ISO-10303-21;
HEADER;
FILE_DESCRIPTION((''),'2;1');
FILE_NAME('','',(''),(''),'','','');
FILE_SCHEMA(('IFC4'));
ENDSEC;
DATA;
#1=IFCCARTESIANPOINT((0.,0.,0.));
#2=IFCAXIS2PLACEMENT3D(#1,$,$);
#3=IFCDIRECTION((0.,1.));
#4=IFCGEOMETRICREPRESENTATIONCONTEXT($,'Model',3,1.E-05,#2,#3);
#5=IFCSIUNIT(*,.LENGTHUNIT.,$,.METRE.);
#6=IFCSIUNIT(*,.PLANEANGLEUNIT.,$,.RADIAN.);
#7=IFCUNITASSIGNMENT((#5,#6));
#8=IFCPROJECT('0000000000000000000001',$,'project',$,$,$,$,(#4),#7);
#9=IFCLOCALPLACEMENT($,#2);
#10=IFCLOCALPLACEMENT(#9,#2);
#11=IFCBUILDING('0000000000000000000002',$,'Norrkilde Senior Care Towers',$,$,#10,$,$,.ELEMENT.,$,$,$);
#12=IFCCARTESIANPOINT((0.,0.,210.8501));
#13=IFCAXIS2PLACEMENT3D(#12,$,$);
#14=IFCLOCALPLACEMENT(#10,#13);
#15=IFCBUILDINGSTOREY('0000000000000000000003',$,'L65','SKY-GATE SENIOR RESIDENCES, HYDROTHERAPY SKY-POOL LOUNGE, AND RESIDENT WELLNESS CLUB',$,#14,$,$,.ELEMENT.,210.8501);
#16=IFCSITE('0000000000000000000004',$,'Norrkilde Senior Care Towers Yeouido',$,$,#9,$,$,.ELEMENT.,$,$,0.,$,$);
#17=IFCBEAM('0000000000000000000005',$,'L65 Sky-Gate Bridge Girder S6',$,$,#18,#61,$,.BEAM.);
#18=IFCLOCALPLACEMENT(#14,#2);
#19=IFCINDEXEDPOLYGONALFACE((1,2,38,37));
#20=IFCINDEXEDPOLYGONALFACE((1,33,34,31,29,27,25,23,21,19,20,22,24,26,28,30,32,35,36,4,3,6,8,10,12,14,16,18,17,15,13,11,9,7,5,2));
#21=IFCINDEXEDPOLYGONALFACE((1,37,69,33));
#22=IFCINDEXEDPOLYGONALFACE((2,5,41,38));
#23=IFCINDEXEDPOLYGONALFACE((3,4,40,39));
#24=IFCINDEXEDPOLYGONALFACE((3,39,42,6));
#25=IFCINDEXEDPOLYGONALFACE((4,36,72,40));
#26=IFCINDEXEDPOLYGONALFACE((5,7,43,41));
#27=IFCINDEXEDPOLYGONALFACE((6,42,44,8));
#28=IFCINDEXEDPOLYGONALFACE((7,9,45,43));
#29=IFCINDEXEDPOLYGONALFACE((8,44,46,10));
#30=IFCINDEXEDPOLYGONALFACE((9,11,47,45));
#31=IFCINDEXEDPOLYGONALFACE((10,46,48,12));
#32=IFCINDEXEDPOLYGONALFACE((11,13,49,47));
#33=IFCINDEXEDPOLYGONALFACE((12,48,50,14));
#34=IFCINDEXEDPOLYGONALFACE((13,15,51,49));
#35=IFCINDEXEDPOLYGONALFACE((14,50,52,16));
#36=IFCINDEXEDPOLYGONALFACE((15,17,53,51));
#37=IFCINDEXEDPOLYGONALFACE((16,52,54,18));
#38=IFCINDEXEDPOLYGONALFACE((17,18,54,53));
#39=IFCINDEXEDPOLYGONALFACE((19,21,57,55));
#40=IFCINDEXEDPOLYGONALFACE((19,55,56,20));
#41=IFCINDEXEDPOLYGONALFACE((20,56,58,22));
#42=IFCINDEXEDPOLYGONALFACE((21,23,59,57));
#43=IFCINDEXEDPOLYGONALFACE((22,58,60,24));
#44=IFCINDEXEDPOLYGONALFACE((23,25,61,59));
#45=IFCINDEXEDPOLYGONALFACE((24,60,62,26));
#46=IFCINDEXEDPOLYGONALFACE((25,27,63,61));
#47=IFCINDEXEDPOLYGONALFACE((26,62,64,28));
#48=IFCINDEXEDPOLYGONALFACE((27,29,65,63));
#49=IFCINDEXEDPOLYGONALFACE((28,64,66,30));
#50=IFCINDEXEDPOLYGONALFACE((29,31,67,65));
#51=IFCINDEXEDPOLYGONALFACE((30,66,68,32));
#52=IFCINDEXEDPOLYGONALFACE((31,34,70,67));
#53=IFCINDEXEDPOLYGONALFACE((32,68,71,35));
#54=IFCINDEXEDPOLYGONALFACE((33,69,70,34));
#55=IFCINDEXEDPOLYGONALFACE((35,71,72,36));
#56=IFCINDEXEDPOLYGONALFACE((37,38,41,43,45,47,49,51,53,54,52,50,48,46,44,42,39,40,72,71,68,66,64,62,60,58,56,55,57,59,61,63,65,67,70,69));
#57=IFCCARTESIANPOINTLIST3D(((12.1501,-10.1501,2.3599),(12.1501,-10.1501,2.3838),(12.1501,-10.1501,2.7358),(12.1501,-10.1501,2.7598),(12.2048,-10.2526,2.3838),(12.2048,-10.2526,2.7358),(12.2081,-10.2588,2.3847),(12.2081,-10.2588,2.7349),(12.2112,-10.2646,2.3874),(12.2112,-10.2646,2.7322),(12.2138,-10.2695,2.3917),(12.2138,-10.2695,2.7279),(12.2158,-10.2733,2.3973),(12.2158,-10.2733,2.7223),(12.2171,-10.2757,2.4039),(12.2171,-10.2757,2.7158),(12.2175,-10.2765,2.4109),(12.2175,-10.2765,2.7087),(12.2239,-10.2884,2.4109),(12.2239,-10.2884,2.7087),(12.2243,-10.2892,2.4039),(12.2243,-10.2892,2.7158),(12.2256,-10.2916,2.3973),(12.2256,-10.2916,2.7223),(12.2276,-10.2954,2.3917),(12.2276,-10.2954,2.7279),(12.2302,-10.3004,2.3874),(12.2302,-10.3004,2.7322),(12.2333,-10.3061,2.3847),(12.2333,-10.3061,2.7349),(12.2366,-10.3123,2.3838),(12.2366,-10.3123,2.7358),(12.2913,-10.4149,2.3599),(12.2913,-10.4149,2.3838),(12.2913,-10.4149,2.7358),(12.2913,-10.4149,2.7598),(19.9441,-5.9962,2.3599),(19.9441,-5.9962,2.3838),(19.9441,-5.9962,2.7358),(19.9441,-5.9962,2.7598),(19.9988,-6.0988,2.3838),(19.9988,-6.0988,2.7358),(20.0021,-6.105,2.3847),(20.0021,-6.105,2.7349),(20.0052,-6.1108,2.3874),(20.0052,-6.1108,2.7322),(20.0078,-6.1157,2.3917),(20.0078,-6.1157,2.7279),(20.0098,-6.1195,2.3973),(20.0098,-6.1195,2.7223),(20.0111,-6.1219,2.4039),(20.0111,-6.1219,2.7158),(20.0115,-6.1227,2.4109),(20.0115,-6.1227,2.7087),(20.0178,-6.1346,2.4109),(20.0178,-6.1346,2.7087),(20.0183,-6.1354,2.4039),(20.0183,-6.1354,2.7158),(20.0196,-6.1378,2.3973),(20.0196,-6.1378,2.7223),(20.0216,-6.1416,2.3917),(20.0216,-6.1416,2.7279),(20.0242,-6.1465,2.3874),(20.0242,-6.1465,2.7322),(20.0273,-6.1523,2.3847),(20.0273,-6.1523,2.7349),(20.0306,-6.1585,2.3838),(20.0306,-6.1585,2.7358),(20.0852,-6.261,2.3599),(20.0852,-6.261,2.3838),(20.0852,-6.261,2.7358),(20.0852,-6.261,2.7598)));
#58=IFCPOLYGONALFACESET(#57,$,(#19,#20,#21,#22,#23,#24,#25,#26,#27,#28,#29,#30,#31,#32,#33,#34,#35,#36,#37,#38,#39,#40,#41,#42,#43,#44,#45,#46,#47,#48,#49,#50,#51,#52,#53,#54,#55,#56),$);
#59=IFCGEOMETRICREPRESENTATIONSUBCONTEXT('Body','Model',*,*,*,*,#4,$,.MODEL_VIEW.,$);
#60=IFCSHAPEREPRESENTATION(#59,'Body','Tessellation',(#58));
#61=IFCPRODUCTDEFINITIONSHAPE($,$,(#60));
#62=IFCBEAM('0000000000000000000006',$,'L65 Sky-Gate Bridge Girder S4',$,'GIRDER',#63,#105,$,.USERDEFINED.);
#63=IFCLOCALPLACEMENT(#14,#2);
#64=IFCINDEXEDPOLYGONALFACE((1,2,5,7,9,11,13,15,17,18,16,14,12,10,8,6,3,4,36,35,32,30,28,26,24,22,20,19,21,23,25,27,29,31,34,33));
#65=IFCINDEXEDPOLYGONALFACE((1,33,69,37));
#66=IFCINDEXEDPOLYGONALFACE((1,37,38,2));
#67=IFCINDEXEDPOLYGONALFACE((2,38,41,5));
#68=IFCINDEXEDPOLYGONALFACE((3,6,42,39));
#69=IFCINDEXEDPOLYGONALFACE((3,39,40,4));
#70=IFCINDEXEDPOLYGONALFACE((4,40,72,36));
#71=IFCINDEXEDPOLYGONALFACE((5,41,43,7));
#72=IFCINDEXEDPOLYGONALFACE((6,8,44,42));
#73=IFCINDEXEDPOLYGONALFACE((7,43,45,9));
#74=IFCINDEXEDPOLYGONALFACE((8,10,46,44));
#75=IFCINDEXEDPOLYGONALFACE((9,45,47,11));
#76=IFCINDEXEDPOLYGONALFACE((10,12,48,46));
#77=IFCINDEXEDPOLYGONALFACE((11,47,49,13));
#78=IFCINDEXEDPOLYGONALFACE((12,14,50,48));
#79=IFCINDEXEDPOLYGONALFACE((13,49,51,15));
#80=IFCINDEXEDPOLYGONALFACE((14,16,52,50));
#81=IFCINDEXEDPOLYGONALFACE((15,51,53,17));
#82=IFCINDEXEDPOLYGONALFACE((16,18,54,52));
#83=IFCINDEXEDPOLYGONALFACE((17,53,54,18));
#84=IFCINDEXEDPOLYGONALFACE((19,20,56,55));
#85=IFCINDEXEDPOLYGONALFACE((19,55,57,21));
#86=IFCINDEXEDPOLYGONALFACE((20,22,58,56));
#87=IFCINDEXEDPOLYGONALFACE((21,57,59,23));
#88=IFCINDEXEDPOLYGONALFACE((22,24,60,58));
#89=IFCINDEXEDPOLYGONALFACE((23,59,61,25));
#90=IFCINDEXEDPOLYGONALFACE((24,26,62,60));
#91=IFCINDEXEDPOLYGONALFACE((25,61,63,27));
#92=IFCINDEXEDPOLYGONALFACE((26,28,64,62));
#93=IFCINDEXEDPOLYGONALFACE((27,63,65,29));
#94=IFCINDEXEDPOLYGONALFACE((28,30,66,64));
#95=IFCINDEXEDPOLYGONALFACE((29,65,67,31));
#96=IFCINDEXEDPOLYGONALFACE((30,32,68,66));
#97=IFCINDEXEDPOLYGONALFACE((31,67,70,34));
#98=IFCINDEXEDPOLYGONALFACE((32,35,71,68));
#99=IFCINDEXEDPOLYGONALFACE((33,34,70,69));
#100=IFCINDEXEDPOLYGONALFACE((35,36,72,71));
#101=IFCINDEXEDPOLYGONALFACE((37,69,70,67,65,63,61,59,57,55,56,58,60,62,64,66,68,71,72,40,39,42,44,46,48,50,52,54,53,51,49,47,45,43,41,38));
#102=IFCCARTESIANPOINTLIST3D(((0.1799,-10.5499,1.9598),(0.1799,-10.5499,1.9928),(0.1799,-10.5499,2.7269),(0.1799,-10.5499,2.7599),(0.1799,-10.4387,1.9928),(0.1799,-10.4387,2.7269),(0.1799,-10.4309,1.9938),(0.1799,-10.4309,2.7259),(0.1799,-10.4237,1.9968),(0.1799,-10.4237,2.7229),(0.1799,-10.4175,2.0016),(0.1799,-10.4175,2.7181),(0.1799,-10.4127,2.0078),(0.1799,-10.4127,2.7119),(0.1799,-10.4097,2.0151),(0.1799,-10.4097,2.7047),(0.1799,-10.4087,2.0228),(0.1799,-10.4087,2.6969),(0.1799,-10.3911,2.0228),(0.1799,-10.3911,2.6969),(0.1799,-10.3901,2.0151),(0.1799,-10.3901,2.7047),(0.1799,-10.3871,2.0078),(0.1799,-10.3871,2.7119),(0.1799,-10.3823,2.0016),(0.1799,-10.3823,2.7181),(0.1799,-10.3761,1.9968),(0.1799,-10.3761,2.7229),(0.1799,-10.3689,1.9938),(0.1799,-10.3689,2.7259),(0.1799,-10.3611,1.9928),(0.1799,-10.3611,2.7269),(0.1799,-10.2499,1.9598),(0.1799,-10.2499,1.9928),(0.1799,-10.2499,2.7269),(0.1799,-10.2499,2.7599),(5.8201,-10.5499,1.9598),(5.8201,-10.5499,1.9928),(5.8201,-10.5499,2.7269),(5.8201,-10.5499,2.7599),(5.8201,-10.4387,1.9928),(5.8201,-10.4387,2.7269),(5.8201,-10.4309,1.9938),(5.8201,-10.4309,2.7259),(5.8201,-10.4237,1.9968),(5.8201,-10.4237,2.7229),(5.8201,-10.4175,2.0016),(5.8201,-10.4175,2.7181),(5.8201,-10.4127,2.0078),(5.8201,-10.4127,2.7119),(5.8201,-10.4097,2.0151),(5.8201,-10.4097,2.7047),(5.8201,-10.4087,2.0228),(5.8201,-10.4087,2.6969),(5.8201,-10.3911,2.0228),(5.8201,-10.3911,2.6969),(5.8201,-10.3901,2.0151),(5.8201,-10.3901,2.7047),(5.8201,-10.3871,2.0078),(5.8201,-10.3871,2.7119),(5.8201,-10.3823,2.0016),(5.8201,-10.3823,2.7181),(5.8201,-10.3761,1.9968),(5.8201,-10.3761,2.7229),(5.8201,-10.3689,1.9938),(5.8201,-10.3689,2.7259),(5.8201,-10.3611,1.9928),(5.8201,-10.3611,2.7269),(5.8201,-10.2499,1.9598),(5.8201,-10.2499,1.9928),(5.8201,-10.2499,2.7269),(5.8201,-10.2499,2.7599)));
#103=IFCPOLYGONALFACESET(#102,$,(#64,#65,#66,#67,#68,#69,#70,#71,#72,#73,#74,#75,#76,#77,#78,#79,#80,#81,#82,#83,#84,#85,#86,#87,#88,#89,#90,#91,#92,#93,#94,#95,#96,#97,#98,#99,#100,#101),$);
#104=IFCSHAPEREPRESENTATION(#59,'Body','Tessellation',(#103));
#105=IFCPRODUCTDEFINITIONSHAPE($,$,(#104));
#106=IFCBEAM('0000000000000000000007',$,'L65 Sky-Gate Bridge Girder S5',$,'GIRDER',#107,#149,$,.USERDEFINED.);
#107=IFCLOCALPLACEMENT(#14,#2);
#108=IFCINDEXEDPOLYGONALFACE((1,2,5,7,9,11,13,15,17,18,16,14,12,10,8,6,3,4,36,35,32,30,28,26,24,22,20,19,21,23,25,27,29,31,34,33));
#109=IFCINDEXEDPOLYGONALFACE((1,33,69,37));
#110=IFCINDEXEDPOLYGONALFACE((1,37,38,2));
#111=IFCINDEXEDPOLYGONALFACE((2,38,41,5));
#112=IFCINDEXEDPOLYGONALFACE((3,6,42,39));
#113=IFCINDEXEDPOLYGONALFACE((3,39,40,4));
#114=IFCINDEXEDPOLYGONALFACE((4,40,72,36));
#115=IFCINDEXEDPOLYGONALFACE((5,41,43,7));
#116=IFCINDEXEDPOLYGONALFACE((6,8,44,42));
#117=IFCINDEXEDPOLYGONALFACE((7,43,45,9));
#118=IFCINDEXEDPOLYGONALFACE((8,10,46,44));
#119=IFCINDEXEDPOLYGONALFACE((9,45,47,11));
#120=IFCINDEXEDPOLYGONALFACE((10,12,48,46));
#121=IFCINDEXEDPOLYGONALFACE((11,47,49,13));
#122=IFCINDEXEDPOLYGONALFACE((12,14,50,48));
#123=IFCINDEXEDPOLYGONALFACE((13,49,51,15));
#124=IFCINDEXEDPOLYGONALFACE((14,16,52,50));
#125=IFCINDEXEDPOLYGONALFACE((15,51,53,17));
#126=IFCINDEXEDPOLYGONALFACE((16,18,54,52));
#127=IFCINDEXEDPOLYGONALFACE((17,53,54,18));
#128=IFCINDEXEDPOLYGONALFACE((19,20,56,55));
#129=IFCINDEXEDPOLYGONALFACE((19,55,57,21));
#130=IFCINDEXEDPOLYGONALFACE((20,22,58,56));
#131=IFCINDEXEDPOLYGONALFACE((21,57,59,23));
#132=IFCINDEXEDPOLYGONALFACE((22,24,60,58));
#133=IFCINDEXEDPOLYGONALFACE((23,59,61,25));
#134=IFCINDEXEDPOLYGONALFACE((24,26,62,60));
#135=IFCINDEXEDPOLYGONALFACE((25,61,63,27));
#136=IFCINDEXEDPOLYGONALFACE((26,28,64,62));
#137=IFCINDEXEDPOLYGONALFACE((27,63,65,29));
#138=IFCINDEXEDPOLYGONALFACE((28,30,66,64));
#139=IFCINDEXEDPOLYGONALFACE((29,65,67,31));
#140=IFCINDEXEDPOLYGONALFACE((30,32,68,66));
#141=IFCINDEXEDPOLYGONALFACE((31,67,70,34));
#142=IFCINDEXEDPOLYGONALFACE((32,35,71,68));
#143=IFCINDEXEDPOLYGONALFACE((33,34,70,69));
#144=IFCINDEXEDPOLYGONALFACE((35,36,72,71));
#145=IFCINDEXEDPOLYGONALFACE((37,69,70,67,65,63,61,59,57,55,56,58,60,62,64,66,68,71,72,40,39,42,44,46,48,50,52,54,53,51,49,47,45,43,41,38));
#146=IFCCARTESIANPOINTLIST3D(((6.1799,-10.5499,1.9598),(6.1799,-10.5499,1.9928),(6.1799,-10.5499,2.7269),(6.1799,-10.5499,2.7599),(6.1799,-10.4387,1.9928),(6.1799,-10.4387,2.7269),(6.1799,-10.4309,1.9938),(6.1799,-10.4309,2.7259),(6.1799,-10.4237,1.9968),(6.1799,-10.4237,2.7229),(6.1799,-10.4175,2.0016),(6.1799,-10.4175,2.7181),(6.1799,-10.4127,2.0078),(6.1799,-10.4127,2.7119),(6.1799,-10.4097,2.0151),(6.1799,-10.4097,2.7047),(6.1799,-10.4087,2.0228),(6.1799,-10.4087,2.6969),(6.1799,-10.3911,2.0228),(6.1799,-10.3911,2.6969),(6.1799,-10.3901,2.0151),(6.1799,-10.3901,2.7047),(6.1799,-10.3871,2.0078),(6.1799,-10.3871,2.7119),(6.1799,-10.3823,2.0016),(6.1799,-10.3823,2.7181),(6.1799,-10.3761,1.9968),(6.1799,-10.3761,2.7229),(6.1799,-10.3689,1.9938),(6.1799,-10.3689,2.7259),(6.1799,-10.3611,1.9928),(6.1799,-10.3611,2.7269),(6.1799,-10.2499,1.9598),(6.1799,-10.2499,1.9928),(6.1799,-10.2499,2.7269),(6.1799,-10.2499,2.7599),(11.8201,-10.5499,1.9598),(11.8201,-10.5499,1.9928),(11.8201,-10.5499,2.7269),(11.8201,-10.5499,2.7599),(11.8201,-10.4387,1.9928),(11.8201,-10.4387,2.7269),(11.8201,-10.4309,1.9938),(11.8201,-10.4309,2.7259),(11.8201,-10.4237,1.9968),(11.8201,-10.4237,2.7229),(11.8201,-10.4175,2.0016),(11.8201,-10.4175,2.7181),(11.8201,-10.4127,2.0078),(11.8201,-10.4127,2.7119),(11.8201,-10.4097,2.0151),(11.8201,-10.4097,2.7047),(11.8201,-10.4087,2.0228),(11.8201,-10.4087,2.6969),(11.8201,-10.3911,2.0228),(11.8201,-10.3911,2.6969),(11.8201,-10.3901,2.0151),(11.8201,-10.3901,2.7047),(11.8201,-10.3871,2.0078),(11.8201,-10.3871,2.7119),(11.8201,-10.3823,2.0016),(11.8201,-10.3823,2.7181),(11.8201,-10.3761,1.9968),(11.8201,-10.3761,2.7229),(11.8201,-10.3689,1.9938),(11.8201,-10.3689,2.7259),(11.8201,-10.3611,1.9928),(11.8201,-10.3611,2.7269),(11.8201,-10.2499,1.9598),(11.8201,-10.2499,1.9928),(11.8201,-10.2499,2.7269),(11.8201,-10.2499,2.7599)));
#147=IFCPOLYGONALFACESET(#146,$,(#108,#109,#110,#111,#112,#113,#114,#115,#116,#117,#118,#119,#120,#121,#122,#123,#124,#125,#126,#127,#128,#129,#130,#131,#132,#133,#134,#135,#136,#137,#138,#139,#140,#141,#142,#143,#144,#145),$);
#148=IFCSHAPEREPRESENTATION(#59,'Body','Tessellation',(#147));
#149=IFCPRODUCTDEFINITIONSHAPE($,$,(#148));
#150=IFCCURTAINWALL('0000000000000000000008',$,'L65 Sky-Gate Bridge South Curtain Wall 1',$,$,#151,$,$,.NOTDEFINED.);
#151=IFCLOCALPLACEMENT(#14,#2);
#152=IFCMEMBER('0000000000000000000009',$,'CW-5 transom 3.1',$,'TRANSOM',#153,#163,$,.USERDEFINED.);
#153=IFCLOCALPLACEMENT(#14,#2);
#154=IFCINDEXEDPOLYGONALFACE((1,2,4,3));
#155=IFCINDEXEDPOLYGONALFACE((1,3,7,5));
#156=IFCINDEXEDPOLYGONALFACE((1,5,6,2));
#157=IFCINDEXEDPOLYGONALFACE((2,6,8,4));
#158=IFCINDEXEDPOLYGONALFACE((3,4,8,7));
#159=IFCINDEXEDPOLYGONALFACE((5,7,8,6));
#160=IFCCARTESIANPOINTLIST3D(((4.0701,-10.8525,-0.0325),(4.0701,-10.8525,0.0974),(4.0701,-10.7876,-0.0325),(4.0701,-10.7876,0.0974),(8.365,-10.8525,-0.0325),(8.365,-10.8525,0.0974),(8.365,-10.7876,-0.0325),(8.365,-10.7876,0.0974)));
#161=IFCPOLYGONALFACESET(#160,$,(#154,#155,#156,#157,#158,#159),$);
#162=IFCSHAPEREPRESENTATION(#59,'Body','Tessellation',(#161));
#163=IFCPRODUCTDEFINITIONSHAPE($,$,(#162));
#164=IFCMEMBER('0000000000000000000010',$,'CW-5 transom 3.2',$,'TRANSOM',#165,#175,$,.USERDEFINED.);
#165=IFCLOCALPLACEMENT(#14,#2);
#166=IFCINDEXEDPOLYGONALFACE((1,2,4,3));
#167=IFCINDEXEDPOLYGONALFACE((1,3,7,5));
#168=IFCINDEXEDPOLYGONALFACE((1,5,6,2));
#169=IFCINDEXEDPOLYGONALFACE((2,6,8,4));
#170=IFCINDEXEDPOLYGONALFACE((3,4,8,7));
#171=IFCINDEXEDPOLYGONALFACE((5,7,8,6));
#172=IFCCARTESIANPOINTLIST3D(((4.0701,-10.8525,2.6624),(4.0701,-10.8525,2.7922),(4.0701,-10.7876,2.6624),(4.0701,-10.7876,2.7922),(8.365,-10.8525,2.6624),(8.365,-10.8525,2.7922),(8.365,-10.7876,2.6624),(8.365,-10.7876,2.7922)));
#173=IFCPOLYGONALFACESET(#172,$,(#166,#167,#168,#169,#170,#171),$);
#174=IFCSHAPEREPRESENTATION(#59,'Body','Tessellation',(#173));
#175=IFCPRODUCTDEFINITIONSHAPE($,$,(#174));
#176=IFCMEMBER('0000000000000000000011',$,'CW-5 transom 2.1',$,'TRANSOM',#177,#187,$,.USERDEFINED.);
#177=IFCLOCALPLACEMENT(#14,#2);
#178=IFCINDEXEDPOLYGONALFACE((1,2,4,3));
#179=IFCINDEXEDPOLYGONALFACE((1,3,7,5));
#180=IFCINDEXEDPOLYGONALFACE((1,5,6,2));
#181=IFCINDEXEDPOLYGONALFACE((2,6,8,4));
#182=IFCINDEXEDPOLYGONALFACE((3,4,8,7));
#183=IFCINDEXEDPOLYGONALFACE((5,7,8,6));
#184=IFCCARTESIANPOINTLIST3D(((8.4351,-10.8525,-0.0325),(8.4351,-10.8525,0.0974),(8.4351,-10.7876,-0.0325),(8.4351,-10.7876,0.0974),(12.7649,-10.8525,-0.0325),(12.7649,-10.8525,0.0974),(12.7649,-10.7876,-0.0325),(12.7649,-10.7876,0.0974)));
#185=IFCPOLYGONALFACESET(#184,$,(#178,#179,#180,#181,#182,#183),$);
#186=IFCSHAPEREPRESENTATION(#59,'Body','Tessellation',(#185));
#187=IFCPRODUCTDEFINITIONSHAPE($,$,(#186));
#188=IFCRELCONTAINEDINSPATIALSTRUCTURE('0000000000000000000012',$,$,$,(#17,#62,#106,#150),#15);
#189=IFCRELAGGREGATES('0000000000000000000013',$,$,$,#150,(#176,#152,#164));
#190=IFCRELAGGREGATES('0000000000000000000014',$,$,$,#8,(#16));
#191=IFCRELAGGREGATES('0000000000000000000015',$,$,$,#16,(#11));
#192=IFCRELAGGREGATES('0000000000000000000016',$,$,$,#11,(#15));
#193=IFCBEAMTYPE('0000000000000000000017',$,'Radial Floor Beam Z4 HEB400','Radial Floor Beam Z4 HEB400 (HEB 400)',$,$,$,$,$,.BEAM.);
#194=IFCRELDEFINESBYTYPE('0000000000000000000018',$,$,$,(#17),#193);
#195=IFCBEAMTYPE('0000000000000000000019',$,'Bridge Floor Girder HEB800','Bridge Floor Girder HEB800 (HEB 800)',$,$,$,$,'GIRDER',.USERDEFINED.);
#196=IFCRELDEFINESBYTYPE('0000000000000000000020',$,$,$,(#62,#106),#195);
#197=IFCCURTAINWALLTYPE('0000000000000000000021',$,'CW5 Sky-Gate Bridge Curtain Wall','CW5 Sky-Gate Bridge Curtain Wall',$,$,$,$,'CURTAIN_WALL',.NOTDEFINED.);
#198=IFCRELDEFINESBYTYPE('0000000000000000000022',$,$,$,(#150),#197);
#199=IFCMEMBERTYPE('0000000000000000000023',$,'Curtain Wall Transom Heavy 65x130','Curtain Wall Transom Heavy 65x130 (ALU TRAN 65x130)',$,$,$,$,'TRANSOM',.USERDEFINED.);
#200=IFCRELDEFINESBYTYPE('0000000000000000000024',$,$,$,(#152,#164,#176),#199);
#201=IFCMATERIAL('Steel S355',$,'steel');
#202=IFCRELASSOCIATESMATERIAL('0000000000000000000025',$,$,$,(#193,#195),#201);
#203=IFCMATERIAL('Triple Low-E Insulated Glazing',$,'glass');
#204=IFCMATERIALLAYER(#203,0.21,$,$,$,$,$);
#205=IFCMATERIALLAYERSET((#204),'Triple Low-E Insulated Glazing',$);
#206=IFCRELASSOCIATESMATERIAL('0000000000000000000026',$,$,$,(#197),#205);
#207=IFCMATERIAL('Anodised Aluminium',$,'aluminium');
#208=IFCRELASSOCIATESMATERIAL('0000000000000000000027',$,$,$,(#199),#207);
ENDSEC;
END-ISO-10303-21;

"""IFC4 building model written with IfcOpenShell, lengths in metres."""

from ifc_helpers import new_model, si_unit, direction, frame, origin, origin_2d, place, context, subcontext, project, spatial, rectangle, i_section, extrude, source, transform, mapped, material, layer, layer_set, material_profile, profile_set, type_object, type_shapes, element, aggregate, save


model = new_model("IFC4")

# Units and contexts
model_context = context("Model", 3, precision=1e-05, world=origin(), true_north=direction((0.0, 1.0)))
body_context = subcontext(model_context, "Body", "Model", "MODEL_VIEW")
ifc_project = project(units=[si_unit("LENGTHUNIT", "METRE"), si_unit("PLANEANGLEUNIT", "RADIAN")], contexts=[model_context])

# Site, building, storey
site_placement = place(None, origin())
site = spatial("IfcSite", under=ifc_project, at=site_placement, Name="Norrkilde Senior Care Towers Yeouido", CompositionType="ELEMENT", RefElevation=0.0)
building_placement = place(site_placement, origin())
building = spatial("IfcBuilding", under=site, at=building_placement, Name="Norrkilde Senior Care Towers", CompositionType="ELEMENT")
storey_placement = place(building_placement, frame((0.0, 0.0, 210.8501)))
storey = spatial("IfcBuildingStorey", under=building, at=storey_placement, Name="L65", Description="SKY-GATE SENIOR RESIDENCES, HYDROTHERAPY SKY-POOL LOUNGE, AND RESIDENT WELLNESS CLUB", CompositionType="ELEMENT", Elevation=210.8501)

# Shared definitions
ifc_material_1 = material(Name="Steel S355", Category="steel")

# Beams
ifc_material_profile_1 = material_profile(ifc_material_1, i_section(OverallWidth=0.3, OverallDepth=0.3999, WebThickness=0.0134, FlangeThickness=0.0239, FilletRadius=0.0271, at=origin_2d()), Name="HEB 400")
ifc_profile_set_1 = profile_set([ifc_material_profile_1], Name="Steel S355")
beam_type_1 = type_object("IfcBeamType", Name="Radial Floor Beam Z4 HEB400", Description="Radial Floor Beam Z4 HEB400 (HEB 400)", PredefinedType="BEAM", material=ifc_profile_set_1)
shared_shape_1 = source(origin(), body_context, "Body", "SweptSolid", [
    extrude(i_section(OverallWidth=0.3, OverallDepth=0.3999, WebThickness=0.0134, FlangeThickness=0.0239, FilletRadius=0.0271, at=origin_2d()), origin(), (0.0, 0.0, 1.0), 8.8318),
])
type_shapes(beam_type_1, [shared_shape_1])
beam_1_placement = place(storey_placement, frame((12.2207, -10.2825, 2.5598), z_axis=(0.882492, 0.470327, 0.0), x_axis=(-0.470327, 0.882492, 0.0)))
element("IfcBeam", 1, at=beam_1_placement, inside=storey, type_object=beam_type_1, Name="L65 Sky-Gate Bridge Girder S6", PredefinedType="BEAM", context=body_context, shape_type="MappedRepresentation", body=[
    mapped(shared_shape_1, transform((0.0, 0.0, 0.0), x_axis=(1.0, 0.0, 0.0), y_axis=(0.0, 1.0, 0.0), z_axis=(0.0, 0.0, 1.0), scale=1.0)),
])
ifc_material_profile_2 = material_profile(ifc_material_1, i_section(OverallWidth=0.3, OverallDepth=0.8, WebThickness=0.0176, FlangeThickness=0.033, FilletRadius=0.03, at=origin_2d()), Name="HEB 800")
ifc_profile_set_2 = profile_set([ifc_material_profile_2], Name="Steel S355")
beam_type_2 = type_object("IfcBeamType", Name="Bridge Floor Girder HEB800", Description="Bridge Floor Girder HEB800 (HEB 800)", ElementType="GIRDER", PredefinedType="USERDEFINED", material=ifc_profile_set_2)
shared_shape_2 = source(origin(), body_context, "Body", "SweptSolid", [
    extrude(i_section(OverallWidth=0.3, OverallDepth=0.8, WebThickness=0.0176, FlangeThickness=0.033, FilletRadius=0.03, at=origin_2d()), origin(), (0.0, 0.0, 1.0), 5.6401),
])
type_shapes(beam_type_2, [shared_shape_2])
for number, where, z_axis, x_axis, name in (
    (2, (0.1799, -10.3999, 2.3599), (1.0, 0.0, 0.0), (0.0, 1.0, 0.0), "L65 Sky-Gate Bridge Girder S4"),
    (3, (6.1799, -10.3999, 2.3599), (1.0, 0.0, 0.0), (0.0, 1.0, 0.0), "L65 Sky-Gate Bridge Girder S5"),
):
    element("IfcBeam", number, at=place(storey_placement, frame(where, z_axis=z_axis, x_axis=x_axis)), inside=storey, type_object=beam_type_2, Name=name, ObjectType="GIRDER", PredefinedType="USERDEFINED", context=body_context, shape_type="MappedRepresentation", body=[
        mapped(shared_shape_2, transform((0.0, 0.0, 0.0), x_axis=(1.0, 0.0, 0.0), y_axis=(0.0, 1.0, 0.0), z_axis=(0.0, 0.0, 1.0), scale=1.0)),
    ])

# Curtain wall, members
ifc_material_2 = material(Name="Triple Low-E Insulated Glazing", Category="glass")
ifc_layer_1 = layer(ifc_material_2, 0.21)
ifc_layer_set_1 = layer_set([ifc_layer_1], Name="Triple Low-E Insulated Glazing")
curtain_wall_type = type_object("IfcCurtainWallType", Name="CW5 Sky-Gate Bridge Curtain Wall", Description="CW5 Sky-Gate Bridge Curtain Wall", ElementType="CURTAIN_WALL", PredefinedType="NOTDEFINED", material=ifc_layer_set_1)
curtain_wall_1_placement = place(storey_placement, origin())
curtain_wall_1 = element("IfcCurtainWall", 4, at=curtain_wall_1_placement, inside=storey, type_object=curtain_wall_type, Name="L65 Sky-Gate Bridge South Curtain Wall 1", PredefinedType="NOTDEFINED")
ifc_material_3 = material(Name="Anodised Aluminium", Category="aluminium")
ifc_material_profile_3 = material_profile(ifc_material_3, rectangle(XDim=0.0649, YDim=0.1299, at=origin_2d()), Name="ALU TRAN 65x130")
ifc_profile_set_3 = profile_set([ifc_material_profile_3], Name="Anodised Aluminium")
member_type_1 = type_object("IfcMemberType", Name="Curtain Wall Transom Heavy 65x130", Description="Curtain Wall Transom Heavy 65x130 (ALU TRAN 65x130)", ElementType="TRANSOM", PredefinedType="USERDEFINED", material=ifc_profile_set_3)
shared_shape_3 = source(origin(), body_context, "Body", "SweptSolid", [
    extrude(rectangle(XDim=0.0649, YDim=0.1299, at=origin_2d()), origin(), (0.0, 0.0, 1.0), 4.2949),
])
member_1_placement = place(storey_placement, frame((8.365, -10.8201, 0.0325), z_axis=(-1.0, 0.0, 0.0), x_axis=(0.0, -1.0, 0.0)))
member_1 = element("IfcMember", 5, at=member_1_placement, type_object=member_type_1, Name="CW-5 transom 3.1", ObjectType="TRANSOM", PredefinedType="USERDEFINED", context=body_context, shape_type="MappedRepresentation", body=[
    mapped(shared_shape_3, transform((0.0, 0.0, 0.0), x_axis=(1.0, 0.0, 0.0), y_axis=(0.0, 1.0, 0.0), z_axis=(0.0, 0.0, 1.0), scale=1.0)),
])
member_2_placement = place(storey_placement, frame((8.365, -10.8201, 2.7273), z_axis=(-1.0, 0.0, 0.0), x_axis=(0.0, -1.0, 0.0)))
member_2 = element("IfcMember", 6, at=member_2_placement, type_object=member_type_1, Name="CW-5 transom 3.2", ObjectType="TRANSOM", PredefinedType="USERDEFINED", context=body_context, shape_type="MappedRepresentation", body=[
    mapped(shared_shape_3, transform((0.0, 0.0, 0.0), x_axis=(1.0, 0.0, 0.0), y_axis=(0.0, 1.0, 0.0), z_axis=(0.0, 0.0, 1.0), scale=1.0)),
])
shared_shape_4 = source(origin(), body_context, "Body", "SweptSolid", [
    extrude(rectangle(XDim=0.0649, YDim=0.1299, at=origin_2d()), origin(), (0.0, 0.0, 1.0), 4.3298),
])
member_3_placement = place(storey_placement, frame((12.7649, -10.8201, 0.0325), z_axis=(-1.0, 0.0, 0.0), x_axis=(0.0, -1.0, 0.0)))
member_3 = element("IfcMember", 7, at=member_3_placement, type_object=member_type_1, Name="CW-5 transom 2.1", ObjectType="TRANSOM", PredefinedType="USERDEFINED", context=body_context, shape_type="MappedRepresentation", body=[
    mapped(shared_shape_4, transform((0.0, 0.0, 0.0), x_axis=(1.0, 0.0, 0.0), y_axis=(0.0, 1.0, 0.0), z_axis=(0.0, 0.0, 1.0), scale=1.0)),
])

aggregate(curtain_wall_1, [member_3, member_1, member_2])

save(model, "model.ifc")
